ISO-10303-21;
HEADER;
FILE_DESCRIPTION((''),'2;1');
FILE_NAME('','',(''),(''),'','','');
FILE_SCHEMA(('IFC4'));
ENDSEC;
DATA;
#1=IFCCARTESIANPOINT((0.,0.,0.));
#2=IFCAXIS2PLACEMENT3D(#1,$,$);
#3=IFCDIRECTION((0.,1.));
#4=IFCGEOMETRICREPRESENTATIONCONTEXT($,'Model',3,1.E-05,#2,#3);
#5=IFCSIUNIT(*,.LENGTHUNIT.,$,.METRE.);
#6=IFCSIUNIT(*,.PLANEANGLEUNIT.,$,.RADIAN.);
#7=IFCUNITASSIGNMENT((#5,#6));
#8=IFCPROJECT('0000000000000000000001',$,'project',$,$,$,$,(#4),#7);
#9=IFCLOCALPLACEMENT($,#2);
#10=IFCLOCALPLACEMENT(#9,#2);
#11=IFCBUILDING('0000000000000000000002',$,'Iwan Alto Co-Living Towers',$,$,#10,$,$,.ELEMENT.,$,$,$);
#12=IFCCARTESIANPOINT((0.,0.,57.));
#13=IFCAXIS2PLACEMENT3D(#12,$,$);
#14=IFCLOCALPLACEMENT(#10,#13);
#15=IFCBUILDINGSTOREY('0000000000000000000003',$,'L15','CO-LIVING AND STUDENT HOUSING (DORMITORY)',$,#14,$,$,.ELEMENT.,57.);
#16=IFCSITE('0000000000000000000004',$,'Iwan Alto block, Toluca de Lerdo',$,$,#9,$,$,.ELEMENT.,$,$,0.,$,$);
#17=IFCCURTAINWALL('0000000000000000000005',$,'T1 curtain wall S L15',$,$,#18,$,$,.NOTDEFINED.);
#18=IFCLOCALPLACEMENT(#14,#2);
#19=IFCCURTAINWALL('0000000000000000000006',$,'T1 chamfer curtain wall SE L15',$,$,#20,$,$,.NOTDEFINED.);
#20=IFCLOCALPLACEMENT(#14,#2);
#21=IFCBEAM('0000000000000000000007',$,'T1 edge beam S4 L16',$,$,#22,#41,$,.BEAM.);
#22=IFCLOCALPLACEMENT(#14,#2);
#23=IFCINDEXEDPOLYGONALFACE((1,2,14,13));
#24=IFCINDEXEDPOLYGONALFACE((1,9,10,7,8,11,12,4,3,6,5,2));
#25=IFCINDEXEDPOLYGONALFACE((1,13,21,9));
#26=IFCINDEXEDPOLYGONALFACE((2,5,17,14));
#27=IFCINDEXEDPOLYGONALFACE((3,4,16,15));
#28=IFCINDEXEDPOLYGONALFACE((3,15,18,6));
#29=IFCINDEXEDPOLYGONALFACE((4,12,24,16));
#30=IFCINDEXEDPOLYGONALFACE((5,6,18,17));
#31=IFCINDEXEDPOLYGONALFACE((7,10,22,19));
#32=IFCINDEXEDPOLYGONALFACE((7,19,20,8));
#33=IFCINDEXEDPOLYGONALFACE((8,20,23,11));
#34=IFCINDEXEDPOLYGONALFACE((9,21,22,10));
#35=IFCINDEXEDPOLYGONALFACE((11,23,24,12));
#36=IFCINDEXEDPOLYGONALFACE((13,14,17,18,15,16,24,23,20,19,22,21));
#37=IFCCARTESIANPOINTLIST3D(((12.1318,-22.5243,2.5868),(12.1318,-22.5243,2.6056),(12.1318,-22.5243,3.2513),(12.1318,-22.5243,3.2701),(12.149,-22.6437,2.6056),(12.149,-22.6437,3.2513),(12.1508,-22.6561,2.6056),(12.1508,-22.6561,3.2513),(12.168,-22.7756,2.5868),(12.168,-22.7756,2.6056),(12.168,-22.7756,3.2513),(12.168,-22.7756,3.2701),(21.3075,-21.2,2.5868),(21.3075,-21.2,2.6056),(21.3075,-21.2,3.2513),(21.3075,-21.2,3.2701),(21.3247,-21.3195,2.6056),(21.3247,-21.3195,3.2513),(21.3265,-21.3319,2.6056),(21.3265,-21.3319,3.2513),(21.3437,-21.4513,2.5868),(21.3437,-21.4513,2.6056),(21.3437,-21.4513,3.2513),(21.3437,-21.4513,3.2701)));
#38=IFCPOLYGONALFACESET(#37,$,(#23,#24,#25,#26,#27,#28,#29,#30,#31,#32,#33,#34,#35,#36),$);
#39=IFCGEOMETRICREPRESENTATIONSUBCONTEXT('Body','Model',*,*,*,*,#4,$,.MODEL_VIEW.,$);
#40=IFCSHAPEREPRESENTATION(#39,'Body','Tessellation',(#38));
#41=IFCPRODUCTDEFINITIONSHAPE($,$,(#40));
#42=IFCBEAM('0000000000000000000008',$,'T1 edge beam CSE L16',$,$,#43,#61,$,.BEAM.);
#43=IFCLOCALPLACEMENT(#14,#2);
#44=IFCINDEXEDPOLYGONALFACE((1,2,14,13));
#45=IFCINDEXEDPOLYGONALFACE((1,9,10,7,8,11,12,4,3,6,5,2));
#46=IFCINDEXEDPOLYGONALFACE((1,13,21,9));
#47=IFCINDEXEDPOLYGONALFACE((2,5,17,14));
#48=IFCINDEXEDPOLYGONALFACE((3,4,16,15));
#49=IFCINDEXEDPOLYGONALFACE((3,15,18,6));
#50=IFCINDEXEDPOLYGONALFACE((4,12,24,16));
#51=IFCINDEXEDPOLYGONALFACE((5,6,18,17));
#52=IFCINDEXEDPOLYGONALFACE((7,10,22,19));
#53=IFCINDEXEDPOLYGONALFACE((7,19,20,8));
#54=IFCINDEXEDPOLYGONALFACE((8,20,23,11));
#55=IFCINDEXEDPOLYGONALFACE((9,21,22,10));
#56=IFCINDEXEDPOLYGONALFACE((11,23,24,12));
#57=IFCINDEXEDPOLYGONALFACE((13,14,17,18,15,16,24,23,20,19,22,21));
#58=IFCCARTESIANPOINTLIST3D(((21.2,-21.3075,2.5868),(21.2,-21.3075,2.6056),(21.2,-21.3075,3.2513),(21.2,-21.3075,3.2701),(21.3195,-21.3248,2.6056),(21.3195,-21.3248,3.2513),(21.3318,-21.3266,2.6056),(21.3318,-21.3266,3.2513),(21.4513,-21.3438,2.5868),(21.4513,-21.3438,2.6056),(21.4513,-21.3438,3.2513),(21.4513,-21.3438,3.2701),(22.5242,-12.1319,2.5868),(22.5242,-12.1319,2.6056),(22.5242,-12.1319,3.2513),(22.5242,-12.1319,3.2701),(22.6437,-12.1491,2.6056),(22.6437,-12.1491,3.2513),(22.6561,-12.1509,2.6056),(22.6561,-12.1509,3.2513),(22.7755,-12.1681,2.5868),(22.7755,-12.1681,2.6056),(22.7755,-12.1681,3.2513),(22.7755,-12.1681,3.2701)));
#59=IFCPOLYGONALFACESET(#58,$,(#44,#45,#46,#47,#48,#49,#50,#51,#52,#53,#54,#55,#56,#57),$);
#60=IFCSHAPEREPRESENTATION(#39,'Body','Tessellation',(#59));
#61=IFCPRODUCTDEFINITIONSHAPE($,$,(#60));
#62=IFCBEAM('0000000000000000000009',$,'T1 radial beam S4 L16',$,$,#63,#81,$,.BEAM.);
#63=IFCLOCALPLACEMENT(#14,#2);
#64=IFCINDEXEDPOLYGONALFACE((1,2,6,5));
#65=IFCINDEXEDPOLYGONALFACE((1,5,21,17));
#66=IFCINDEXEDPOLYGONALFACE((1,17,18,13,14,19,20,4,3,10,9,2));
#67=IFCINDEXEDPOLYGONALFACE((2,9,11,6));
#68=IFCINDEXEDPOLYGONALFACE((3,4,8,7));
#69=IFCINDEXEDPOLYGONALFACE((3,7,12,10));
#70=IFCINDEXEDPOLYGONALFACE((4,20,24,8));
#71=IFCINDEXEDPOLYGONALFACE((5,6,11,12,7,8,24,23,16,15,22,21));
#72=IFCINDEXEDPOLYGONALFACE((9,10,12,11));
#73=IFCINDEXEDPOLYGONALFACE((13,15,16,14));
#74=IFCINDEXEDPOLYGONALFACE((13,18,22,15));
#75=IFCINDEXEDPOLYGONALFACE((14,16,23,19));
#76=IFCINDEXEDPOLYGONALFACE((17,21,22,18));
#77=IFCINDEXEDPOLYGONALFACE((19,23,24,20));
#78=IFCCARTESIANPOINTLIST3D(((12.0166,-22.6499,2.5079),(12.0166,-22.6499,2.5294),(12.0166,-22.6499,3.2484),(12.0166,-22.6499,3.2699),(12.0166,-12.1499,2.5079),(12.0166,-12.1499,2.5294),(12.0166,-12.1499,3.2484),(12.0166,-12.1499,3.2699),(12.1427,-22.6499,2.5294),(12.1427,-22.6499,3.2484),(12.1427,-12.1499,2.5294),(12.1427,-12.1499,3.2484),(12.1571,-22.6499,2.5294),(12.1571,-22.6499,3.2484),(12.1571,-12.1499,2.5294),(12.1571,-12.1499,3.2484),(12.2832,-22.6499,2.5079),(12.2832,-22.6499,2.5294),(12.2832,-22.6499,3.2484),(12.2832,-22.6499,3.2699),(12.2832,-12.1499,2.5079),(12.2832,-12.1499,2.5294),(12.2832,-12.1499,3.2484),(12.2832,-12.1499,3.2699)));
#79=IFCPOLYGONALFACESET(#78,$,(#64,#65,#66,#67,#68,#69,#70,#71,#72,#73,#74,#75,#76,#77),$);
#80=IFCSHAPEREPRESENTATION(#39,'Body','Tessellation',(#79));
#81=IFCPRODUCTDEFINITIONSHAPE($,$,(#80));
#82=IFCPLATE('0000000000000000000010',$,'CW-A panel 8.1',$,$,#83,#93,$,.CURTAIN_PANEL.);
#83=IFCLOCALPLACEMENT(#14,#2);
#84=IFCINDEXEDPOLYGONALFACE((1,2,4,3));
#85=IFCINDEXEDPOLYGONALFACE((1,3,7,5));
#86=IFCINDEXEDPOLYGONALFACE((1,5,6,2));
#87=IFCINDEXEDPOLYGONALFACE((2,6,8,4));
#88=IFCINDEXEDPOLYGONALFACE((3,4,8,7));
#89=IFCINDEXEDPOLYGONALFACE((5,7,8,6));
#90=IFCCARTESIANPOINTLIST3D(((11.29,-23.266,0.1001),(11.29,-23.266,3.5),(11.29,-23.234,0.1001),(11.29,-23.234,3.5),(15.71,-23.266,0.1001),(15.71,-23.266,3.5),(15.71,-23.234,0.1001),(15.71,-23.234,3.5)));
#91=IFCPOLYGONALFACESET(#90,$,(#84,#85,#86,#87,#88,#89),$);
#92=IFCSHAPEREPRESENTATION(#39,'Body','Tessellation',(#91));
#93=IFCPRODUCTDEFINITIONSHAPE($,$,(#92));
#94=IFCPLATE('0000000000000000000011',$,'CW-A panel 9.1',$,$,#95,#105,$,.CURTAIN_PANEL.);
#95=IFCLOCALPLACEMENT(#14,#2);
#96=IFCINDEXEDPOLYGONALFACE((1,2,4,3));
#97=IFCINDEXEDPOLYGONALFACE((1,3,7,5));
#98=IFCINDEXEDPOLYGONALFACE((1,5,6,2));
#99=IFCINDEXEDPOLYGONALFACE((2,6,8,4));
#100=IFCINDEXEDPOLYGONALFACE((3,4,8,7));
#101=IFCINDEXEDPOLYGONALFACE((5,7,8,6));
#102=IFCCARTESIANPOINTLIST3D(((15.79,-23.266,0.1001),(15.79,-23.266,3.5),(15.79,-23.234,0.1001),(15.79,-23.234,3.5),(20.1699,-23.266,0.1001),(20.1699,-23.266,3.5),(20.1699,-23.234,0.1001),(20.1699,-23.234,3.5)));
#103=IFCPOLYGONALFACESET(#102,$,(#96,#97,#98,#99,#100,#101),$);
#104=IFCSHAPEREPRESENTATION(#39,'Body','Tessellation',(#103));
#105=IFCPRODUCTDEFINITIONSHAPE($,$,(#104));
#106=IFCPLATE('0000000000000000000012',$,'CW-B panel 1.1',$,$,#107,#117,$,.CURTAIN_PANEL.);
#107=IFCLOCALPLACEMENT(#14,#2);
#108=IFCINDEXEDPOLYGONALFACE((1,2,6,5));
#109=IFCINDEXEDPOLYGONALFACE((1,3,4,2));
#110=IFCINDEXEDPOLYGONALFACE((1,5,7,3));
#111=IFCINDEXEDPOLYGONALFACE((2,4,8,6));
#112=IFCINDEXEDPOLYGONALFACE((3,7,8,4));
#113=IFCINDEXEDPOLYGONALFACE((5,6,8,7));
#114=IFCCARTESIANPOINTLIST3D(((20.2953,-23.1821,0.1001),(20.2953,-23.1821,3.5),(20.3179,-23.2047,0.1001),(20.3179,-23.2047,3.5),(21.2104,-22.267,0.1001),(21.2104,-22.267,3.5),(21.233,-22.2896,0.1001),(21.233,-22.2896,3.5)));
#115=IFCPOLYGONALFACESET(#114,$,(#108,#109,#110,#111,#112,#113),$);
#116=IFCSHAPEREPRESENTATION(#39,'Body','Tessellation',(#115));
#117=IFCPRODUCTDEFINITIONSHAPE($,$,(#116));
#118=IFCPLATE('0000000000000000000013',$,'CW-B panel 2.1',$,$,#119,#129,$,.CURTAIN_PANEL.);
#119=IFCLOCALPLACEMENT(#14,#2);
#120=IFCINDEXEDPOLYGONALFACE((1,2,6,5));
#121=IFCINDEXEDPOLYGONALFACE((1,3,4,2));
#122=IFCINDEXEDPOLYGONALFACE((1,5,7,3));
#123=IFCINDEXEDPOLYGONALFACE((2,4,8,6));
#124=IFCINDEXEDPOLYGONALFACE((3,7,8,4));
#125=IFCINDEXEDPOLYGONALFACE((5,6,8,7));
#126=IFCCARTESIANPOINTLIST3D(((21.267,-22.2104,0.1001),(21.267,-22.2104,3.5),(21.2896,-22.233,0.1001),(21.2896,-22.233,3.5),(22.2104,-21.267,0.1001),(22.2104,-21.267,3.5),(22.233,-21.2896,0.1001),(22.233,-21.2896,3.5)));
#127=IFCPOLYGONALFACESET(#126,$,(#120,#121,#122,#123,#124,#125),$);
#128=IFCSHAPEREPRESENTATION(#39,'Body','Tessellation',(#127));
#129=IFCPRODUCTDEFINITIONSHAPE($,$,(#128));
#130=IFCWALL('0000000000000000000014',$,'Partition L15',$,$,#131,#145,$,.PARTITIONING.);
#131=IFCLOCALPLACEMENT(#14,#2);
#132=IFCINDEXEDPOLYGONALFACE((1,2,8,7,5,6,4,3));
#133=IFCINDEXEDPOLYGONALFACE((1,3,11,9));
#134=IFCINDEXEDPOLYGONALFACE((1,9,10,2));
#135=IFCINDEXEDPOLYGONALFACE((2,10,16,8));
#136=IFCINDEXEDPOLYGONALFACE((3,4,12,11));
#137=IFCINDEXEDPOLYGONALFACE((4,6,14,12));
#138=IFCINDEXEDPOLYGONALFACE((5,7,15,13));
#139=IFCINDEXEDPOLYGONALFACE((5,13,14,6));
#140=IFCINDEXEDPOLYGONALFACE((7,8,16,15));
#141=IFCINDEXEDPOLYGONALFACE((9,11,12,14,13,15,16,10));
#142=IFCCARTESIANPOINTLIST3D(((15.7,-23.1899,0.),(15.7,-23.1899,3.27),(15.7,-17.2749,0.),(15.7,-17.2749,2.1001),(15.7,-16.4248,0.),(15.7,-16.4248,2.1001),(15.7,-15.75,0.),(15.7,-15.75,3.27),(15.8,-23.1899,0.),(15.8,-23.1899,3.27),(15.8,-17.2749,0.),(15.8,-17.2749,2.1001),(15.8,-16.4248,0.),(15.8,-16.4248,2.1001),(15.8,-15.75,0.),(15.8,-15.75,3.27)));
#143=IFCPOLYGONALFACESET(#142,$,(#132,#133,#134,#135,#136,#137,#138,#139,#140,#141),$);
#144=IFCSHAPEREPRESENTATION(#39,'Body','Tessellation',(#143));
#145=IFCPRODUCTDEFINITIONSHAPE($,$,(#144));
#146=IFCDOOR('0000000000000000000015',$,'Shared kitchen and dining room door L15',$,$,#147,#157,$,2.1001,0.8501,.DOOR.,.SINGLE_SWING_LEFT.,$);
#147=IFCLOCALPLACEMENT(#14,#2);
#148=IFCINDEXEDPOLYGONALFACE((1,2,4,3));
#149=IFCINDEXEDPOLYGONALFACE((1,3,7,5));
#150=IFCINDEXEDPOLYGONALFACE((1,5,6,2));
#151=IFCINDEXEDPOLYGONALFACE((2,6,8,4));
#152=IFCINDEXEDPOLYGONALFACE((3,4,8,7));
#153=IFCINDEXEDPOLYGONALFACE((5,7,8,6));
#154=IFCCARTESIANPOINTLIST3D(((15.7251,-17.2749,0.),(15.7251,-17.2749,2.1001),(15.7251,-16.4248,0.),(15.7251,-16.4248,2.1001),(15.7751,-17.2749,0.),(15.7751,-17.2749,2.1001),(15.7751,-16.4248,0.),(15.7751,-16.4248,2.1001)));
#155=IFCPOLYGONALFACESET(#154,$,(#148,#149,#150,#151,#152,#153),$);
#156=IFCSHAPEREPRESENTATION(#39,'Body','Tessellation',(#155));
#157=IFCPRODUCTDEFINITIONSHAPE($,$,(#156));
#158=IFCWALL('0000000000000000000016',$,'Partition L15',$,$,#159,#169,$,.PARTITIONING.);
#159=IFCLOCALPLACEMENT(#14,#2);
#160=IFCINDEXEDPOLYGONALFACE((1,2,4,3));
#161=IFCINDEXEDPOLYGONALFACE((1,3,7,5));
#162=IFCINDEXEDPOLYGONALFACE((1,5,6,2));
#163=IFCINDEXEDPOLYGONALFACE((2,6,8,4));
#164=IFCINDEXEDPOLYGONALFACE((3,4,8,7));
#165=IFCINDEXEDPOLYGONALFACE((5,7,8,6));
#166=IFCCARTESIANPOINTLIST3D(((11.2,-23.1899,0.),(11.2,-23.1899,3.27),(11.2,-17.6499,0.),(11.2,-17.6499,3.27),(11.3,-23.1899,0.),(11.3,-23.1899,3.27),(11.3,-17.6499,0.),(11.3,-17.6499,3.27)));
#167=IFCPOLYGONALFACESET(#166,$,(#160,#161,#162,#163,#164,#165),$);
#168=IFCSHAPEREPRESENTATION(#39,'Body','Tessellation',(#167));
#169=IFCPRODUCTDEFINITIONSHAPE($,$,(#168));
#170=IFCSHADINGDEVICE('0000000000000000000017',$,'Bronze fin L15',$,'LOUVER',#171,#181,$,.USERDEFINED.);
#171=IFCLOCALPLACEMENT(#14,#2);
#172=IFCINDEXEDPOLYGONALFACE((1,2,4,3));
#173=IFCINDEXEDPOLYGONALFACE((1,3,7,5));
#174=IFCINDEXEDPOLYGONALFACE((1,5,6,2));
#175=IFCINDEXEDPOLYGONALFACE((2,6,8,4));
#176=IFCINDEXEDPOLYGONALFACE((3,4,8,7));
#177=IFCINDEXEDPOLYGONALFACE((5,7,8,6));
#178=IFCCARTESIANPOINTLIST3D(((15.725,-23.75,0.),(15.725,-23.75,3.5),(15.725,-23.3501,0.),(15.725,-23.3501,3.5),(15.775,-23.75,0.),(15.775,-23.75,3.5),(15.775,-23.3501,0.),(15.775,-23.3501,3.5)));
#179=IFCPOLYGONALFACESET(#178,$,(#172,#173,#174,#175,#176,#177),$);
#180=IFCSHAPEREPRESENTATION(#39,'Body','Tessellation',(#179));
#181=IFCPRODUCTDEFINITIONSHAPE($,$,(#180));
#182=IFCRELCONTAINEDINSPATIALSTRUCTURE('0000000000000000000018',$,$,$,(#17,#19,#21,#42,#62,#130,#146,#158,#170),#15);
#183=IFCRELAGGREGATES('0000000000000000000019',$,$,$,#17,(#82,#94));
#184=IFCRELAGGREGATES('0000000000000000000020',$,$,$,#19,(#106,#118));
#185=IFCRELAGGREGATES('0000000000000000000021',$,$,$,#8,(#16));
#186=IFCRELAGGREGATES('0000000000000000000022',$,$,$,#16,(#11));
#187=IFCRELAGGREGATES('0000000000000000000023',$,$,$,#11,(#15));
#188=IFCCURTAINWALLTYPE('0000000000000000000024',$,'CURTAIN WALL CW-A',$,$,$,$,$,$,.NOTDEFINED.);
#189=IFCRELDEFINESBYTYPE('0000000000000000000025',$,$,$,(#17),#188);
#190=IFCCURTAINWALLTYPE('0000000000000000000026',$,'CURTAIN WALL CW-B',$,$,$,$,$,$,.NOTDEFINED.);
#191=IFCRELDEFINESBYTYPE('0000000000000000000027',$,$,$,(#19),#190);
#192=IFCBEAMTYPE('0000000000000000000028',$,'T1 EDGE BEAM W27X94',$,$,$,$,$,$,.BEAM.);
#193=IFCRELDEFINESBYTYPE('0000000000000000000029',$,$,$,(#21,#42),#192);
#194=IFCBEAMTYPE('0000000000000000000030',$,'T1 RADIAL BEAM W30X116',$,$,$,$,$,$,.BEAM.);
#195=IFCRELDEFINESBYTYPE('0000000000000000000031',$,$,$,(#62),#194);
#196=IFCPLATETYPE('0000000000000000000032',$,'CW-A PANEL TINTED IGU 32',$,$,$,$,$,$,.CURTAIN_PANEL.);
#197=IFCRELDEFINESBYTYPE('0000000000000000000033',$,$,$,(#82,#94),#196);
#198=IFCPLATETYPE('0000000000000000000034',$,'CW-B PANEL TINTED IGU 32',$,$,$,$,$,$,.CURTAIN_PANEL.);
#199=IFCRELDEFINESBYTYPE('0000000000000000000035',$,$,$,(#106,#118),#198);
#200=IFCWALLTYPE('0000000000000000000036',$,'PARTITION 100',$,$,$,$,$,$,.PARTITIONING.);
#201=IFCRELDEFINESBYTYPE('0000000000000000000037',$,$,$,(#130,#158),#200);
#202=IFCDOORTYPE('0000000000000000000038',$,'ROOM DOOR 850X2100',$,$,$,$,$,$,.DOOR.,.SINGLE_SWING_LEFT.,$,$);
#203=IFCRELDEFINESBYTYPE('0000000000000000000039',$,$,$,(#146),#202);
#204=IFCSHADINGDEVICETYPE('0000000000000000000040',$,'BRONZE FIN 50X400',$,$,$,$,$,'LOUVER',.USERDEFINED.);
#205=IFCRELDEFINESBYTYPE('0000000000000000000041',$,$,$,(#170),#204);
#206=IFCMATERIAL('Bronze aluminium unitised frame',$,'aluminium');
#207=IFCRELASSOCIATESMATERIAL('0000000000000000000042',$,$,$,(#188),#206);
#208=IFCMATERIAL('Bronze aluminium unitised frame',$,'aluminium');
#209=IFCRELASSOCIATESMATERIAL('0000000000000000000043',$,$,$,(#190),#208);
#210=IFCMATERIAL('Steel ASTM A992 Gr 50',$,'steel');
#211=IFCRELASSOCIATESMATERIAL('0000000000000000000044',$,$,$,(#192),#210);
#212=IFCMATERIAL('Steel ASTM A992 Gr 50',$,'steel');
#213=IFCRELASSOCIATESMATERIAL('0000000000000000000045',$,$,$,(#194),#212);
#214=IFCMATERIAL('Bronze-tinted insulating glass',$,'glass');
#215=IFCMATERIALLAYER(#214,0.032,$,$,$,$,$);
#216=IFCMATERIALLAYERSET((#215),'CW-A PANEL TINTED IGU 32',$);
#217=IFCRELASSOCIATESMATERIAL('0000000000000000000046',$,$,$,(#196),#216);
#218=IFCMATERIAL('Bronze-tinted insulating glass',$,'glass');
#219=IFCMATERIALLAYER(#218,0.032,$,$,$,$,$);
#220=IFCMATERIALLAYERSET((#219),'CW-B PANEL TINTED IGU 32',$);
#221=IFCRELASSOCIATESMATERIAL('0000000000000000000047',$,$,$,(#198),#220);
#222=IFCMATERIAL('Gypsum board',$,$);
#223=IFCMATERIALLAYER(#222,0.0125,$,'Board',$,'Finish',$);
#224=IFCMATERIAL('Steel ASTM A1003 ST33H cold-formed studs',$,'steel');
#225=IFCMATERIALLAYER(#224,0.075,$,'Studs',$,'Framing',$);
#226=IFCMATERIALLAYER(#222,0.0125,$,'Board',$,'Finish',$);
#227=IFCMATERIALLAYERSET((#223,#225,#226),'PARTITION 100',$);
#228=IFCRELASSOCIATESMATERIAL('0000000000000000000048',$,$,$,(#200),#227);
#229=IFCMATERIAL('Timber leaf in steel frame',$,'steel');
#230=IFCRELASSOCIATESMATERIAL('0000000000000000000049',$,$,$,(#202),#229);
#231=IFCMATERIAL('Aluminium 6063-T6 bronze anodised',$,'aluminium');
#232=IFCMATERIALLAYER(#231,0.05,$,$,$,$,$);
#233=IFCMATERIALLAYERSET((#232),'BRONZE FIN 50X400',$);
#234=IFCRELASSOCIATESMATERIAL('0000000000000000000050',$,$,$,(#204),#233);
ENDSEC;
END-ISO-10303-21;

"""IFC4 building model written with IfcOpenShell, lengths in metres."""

from ifc_helpers import new_model, si_unit, direction, frame, frame_2d, origin, origin_2d, place, context, subcontext, project, spatial, rectangle, i_section, extrude, material, layer, layer_set, material_profile, profile_set, type_object, element, fill, aggregate, save


model = new_model("IFC4")

# Units and contexts
model_context = context("Model", 3, precision=1e-05, world=origin(), true_north=direction((0.0, 1.0)))
body_context = subcontext(model_context, "Body", "Model", "MODEL_VIEW")
ifc_project = project(units=[si_unit("LENGTHUNIT", "METRE"), si_unit("PLANEANGLEUNIT", "RADIAN")], contexts=[model_context])

# Site, building, storey
site_placement = place(None, origin())
site = spatial("IfcSite", under=ifc_project, at=site_placement, Name="Iwan Alto block, Toluca de Lerdo", CompositionType="ELEMENT", RefElevation=0.0)
building_placement = place(site_placement, origin())
building = spatial("IfcBuilding", under=site, at=building_placement, Name="Iwan Alto Co-Living Towers", CompositionType="ELEMENT")
storey_placement = place(building_placement, frame((0.0, 0.0, 57.0)))
storey = spatial("IfcBuildingStorey", under=building, at=storey_placement, Name="L15", Description="CO-LIVING AND STUDENT HOUSING (DORMITORY)", CompositionType="ELEMENT", Elevation=57.0)

# Curtain walls
ifc_material_1 = material(Name="Bronze aluminium unitised frame", Category="aluminium")
curtain_wall_type_1 = type_object("IfcCurtainWallType", Name="CURTAIN WALL CW-A", PredefinedType="NOTDEFINED", material=ifc_material_1)
curtain_wall_1_placement = place(storey_placement, origin())
curtain_wall_1 = element("IfcCurtainWall", 1, at=curtain_wall_1_placement, inside=storey, type_object=curtain_wall_type_1, Name="T1 curtain wall S L15", PredefinedType="NOTDEFINED")
ifc_material_2 = material(Name="Bronze aluminium unitised frame", Category="aluminium")
curtain_wall_type_2 = type_object("IfcCurtainWallType", Name="CURTAIN WALL CW-B", PredefinedType="NOTDEFINED", material=ifc_material_2)
curtain_wall_2_placement = place(storey_placement, origin())
curtain_wall_2 = element("IfcCurtainWall", 2, at=curtain_wall_2_placement, inside=storey, type_object=curtain_wall_type_2, Name="T1 chamfer curtain wall SE L15", PredefinedType="NOTDEFINED")

# Beams
ifc_material_3 = material(Name="Steel ASTM A992 Gr 50", Category="steel")
ifc_material_profile_1 = material_profile(ifc_material_3, i_section(OverallWidth=0.2539, OverallDepth=0.6833, WebThickness=0.0125, FlangeThickness=0.0188, at=origin_2d()), Name="W27X94")
ifc_profile_set_1 = profile_set([ifc_material_profile_1], Name="Steel ASTM A992 Gr 50")
beam_type_1 = type_object("IfcBeamType", Name="T1 EDGE BEAM W27X94", PredefinedType="BEAM", material=ifc_profile_set_1)
for number, where, z_axis, x_axis, name in (
    (3, (12.1499, -22.6499, 2.9285), (0.989746, 0.142837, 0.0), (-0.142837, 0.989746, 0.0), "T1 edge beam S4 L16"),
    (4, (21.3257, -21.3257, 2.9285), (0.142837, 0.989746, 0.0), (-0.989746, 0.142837, 0.0), "T1 edge beam CSE L16"),
):
    element("IfcBeam", number, at=place(storey_placement, frame(where, z_axis=z_axis, x_axis=x_axis)), inside=storey, type_object=beam_type_1, Name=name, PredefinedType="BEAM", context=body_context, shape_type="SweptSolid", body=[
        extrude(i_section(OverallWidth=0.2539, OverallDepth=0.6833, WebThickness=0.0125, FlangeThickness=0.0188, at=origin_2d()), origin(), (0.0, 0.0, 1.0), 9.2708),
    ])
ifc_material_4 = material(Name="Steel ASTM A992 Gr 50", Category="steel")
ifc_material_profile_2 = material_profile(ifc_material_4, i_section(OverallWidth=0.2666, OverallDepth=0.762, WebThickness=0.0144, FlangeThickness=0.0215, at=origin_2d()), Name="W30X116")
ifc_profile_set_2 = profile_set([ifc_material_profile_2], Name="Steel ASTM A992 Gr 50")
beam_type_2 = type_object("IfcBeamType", Name="T1 RADIAL BEAM W30X116", PredefinedType="BEAM", material=ifc_profile_set_2)
beam_1_placement = place(storey_placement, frame((12.1499, -22.6499, 2.8889), z_axis=(0.0, 1.0, 0.0), x_axis=(-1.0, 0.0, 0.0)))
element("IfcBeam", 5, at=beam_1_placement, inside=storey, type_object=beam_type_2, Name="T1 radial beam S4 L16", PredefinedType="BEAM", context=body_context, shape_type="SweptSolid", body=[
    extrude(i_section(OverallWidth=0.2666, OverallDepth=0.762, WebThickness=0.0144, FlangeThickness=0.0215, at=origin_2d()), origin(), (0.0, 0.0, 1.0), 10.5),
])

# Plates
ifc_material_5 = material(Name="Bronze-tinted insulating glass", Category="glass")
ifc_layer_1 = layer(ifc_material_5, 0.032)
ifc_layer_set_1 = layer_set([ifc_layer_1], Name="CW-A PANEL TINTED IGU 32")
plate_type_1 = type_object("IfcPlateType", Name="CW-A PANEL TINTED IGU 32", PredefinedType="CURTAIN_PANEL", material=ifc_layer_set_1)
plate_1_placement = place(storey_placement, frame((13.5, -23.25, 0.1001), z_axis=(0.0, 0.0, 1.0), x_axis=(1.0, 0.0, 0.0)))
plate_1 = element("IfcPlate", 6, at=plate_1_placement, type_object=plate_type_1, Name="CW-A panel 8.1", PredefinedType="CURTAIN_PANEL", context=body_context, shape_type="SweptSolid", body=[
    extrude(rectangle(XDim=4.4199, YDim=0.032, at=origin_2d()), origin(), (0.0, 0.0, 1.0), 3.3999),
])
plate_2_placement = place(storey_placement, frame((17.98, -23.25, 0.1001), z_axis=(0.0, 0.0, 1.0), x_axis=(1.0, 0.0, 0.0)))
plate_2 = element("IfcPlate", 7, at=plate_2_placement, type_object=plate_type_1, Name="CW-A panel 9.1", PredefinedType="CURTAIN_PANEL", context=body_context, shape_type="SweptSolid", body=[
    extrude(rectangle(XDim=4.3799, YDim=0.032, at=origin_2d()), origin(), (0.0, 0.0, 1.0), 3.3999),
])
aggregate(curtain_wall_1, [plate_1, plate_2])
ifc_material_6 = material(Name="Bronze-tinted insulating glass", Category="glass")
ifc_layer_2 = layer(ifc_material_6, 0.032)
ifc_layer_set_2 = layer_set([ifc_layer_2], Name="CW-B PANEL TINTED IGU 32")
plate_type_2 = type_object("IfcPlateType", Name="CW-B PANEL TINTED IGU 32", PredefinedType="CURTAIN_PANEL", material=ifc_layer_set_2)
plate_3_placement = place(storey_placement, frame((20.7642, -22.7358, 0.1001), z_axis=(0.0, 0.0, 1.0), x_axis=(0.707107, 0.707107, 0.0)))
plate_3 = element("IfcPlate", 8, at=plate_3_placement, type_object=plate_type_2, Name="CW-B panel 1.1", PredefinedType="CURTAIN_PANEL", context=body_context, shape_type="SweptSolid", body=[
    extrude(rectangle(XDim=1.2942, YDim=0.032, at=origin_2d()), origin(), (0.0, 0.0, 1.0), 3.3999),
])
plate_4_placement = place(storey_placement, frame((21.75, -21.75, 0.1001), z_axis=(0.0, 0.0, 1.0), x_axis=(0.707107, 0.707107, 0.0)))
plate_4 = element("IfcPlate", 9, at=plate_4_placement, type_object=plate_type_2, Name="CW-B panel 2.1", PredefinedType="CURTAIN_PANEL", context=body_context, shape_type="SweptSolid", body=[
    extrude(rectangle(XDim=1.3342, YDim=0.032, at=origin_2d()), origin(), (0.0, 0.0, 1.0), 3.3999),
])
aggregate(curtain_wall_2, [plate_3, plate_4])

# Wall, opening, door
ifc_material_7 = material(Name="Gypsum board")
ifc_layer_3 = layer(ifc_material_7, 0.0125, Name="Board", Category="Finish")
ifc_material_8 = material(Name="Steel ASTM A1003 ST33H cold-formed studs", Category="steel")
ifc_layer_4 = layer(ifc_material_8, 0.075, Name="Studs", Category="Framing")
ifc_layer_5 = layer(ifc_material_7, 0.0125, Name="Board", Category="Finish")
ifc_layer_set_3 = layer_set([ifc_layer_3, ifc_layer_4, ifc_layer_5], Name="PARTITION 100")
wall_type = type_object("IfcWallType", Name="PARTITION 100", PredefinedType="PARTITIONING", material=ifc_layer_set_3)
wall_1_placement = place(storey_placement, frame((15.75, -23.1899, 0.0), z_axis=(0.0, 0.0, 1.0), x_axis=(0.0, 1.0, 0.0)))
wall_1 = element("IfcWall", 10, at=wall_1_placement, inside=storey, type_object=wall_type, Name="Partition L15", PredefinedType="PARTITIONING", context=body_context, shape_type="SweptSolid", body=[
    extrude(rectangle(XDim=7.4399, YDim=0.1001, at=frame_2d((3.72, 0.0))), origin(), (0.0, 0.0, 1.0), 3.27),
])
opening_placement = place(wall_1_placement, frame((5.915, 0.0, 0.0)))
opening = element("IfcOpeningElement", 11, at=opening_placement, cuts=wall_1, PredefinedType="OPENING", context=body_context, shape_type="SweptSolid", body=[
    extrude(rectangle(XDim=0.8501, YDim=2.1001, at=frame_2d((0.425, 1.05))), frame((0.0, 0.0601, 0.0), z_axis=(0.0, -1.0, 0.0), x_axis=(1.0, 0.0, 0.0)), (0.0, 0.0, 1.0), 0.1201),
])
ifc_material_9 = material(Name="Timber leaf in steel frame", Category="steel")
door_type = type_object("IfcDoorType", Name="ROOM DOOR 850X2100", OperationType="SINGLE_SWING_LEFT", PredefinedType="DOOR", material=ifc_material_9)
door_placement = place(opening_placement, origin())
door = element("IfcDoor", 12, at=door_placement, inside=storey, type_object=door_type, Name="Shared kitchen and dining room door L15", OperationType="SINGLE_SWING_LEFT", OverallHeight=2.1001, OverallWidth=0.8501, PredefinedType="DOOR", context=body_context, shape_type="SweptSolid", body=[
    extrude(rectangle(XDim=0.8501, YDim=2.1001, at=frame_2d((0.425, 1.05))), frame((0.0, 0.0249, 0.0), z_axis=(0.0, -1.0, 0.0), x_axis=(1.0, 0.0, 0.0)), (0.0, 0.0, 1.0), 0.05),
])
fill(opening, door)

# Wall
wall_2_placement = place(storey_placement, frame((11.25, -23.1899, 0.0), z_axis=(0.0, 0.0, 1.0), x_axis=(0.0, 1.0, 0.0)))
element("IfcWall", 13, at=wall_2_placement, inside=storey, type_object=wall_type, Name="Partition L15", PredefinedType="PARTITIONING", context=body_context, shape_type="SweptSolid", body=[
    extrude(rectangle(XDim=5.54, YDim=0.1001, at=frame_2d((2.77, 0.0))), origin(), (0.0, 0.0, 1.0), 3.27),
])

# Shading device
ifc_material_10 = material(Name="Aluminium 6063-T6 bronze anodised", Category="aluminium")
ifc_layer_6 = layer(ifc_material_10, 0.05)
ifc_layer_set_4 = layer_set([ifc_layer_6], Name="BRONZE FIN 50X400")
shading_device_type = type_object("IfcShadingDeviceType", Name="BRONZE FIN 50X400", ElementType="LOUVER", PredefinedType="USERDEFINED", material=ifc_layer_set_4)
shading_device_placement = place(storey_placement, frame((15.75, -23.55, 0.0), z_axis=(0.0, 0.0, 1.0), x_axis=(1.0, 0.0, 0.0)))
element("IfcShadingDevice", 14, at=shading_device_placement, inside=storey, type_object=shading_device_type, Name="Bronze fin L15", ObjectType="LOUVER", PredefinedType="USERDEFINED", context=body_context, shape_type="SweptSolid", body=[
    extrude(rectangle(XDim=0.05, YDim=0.3999, at=origin_2d()), origin(), (0.0, 0.0, 1.0), 3.5),
])

save(model, "model.ifc")
